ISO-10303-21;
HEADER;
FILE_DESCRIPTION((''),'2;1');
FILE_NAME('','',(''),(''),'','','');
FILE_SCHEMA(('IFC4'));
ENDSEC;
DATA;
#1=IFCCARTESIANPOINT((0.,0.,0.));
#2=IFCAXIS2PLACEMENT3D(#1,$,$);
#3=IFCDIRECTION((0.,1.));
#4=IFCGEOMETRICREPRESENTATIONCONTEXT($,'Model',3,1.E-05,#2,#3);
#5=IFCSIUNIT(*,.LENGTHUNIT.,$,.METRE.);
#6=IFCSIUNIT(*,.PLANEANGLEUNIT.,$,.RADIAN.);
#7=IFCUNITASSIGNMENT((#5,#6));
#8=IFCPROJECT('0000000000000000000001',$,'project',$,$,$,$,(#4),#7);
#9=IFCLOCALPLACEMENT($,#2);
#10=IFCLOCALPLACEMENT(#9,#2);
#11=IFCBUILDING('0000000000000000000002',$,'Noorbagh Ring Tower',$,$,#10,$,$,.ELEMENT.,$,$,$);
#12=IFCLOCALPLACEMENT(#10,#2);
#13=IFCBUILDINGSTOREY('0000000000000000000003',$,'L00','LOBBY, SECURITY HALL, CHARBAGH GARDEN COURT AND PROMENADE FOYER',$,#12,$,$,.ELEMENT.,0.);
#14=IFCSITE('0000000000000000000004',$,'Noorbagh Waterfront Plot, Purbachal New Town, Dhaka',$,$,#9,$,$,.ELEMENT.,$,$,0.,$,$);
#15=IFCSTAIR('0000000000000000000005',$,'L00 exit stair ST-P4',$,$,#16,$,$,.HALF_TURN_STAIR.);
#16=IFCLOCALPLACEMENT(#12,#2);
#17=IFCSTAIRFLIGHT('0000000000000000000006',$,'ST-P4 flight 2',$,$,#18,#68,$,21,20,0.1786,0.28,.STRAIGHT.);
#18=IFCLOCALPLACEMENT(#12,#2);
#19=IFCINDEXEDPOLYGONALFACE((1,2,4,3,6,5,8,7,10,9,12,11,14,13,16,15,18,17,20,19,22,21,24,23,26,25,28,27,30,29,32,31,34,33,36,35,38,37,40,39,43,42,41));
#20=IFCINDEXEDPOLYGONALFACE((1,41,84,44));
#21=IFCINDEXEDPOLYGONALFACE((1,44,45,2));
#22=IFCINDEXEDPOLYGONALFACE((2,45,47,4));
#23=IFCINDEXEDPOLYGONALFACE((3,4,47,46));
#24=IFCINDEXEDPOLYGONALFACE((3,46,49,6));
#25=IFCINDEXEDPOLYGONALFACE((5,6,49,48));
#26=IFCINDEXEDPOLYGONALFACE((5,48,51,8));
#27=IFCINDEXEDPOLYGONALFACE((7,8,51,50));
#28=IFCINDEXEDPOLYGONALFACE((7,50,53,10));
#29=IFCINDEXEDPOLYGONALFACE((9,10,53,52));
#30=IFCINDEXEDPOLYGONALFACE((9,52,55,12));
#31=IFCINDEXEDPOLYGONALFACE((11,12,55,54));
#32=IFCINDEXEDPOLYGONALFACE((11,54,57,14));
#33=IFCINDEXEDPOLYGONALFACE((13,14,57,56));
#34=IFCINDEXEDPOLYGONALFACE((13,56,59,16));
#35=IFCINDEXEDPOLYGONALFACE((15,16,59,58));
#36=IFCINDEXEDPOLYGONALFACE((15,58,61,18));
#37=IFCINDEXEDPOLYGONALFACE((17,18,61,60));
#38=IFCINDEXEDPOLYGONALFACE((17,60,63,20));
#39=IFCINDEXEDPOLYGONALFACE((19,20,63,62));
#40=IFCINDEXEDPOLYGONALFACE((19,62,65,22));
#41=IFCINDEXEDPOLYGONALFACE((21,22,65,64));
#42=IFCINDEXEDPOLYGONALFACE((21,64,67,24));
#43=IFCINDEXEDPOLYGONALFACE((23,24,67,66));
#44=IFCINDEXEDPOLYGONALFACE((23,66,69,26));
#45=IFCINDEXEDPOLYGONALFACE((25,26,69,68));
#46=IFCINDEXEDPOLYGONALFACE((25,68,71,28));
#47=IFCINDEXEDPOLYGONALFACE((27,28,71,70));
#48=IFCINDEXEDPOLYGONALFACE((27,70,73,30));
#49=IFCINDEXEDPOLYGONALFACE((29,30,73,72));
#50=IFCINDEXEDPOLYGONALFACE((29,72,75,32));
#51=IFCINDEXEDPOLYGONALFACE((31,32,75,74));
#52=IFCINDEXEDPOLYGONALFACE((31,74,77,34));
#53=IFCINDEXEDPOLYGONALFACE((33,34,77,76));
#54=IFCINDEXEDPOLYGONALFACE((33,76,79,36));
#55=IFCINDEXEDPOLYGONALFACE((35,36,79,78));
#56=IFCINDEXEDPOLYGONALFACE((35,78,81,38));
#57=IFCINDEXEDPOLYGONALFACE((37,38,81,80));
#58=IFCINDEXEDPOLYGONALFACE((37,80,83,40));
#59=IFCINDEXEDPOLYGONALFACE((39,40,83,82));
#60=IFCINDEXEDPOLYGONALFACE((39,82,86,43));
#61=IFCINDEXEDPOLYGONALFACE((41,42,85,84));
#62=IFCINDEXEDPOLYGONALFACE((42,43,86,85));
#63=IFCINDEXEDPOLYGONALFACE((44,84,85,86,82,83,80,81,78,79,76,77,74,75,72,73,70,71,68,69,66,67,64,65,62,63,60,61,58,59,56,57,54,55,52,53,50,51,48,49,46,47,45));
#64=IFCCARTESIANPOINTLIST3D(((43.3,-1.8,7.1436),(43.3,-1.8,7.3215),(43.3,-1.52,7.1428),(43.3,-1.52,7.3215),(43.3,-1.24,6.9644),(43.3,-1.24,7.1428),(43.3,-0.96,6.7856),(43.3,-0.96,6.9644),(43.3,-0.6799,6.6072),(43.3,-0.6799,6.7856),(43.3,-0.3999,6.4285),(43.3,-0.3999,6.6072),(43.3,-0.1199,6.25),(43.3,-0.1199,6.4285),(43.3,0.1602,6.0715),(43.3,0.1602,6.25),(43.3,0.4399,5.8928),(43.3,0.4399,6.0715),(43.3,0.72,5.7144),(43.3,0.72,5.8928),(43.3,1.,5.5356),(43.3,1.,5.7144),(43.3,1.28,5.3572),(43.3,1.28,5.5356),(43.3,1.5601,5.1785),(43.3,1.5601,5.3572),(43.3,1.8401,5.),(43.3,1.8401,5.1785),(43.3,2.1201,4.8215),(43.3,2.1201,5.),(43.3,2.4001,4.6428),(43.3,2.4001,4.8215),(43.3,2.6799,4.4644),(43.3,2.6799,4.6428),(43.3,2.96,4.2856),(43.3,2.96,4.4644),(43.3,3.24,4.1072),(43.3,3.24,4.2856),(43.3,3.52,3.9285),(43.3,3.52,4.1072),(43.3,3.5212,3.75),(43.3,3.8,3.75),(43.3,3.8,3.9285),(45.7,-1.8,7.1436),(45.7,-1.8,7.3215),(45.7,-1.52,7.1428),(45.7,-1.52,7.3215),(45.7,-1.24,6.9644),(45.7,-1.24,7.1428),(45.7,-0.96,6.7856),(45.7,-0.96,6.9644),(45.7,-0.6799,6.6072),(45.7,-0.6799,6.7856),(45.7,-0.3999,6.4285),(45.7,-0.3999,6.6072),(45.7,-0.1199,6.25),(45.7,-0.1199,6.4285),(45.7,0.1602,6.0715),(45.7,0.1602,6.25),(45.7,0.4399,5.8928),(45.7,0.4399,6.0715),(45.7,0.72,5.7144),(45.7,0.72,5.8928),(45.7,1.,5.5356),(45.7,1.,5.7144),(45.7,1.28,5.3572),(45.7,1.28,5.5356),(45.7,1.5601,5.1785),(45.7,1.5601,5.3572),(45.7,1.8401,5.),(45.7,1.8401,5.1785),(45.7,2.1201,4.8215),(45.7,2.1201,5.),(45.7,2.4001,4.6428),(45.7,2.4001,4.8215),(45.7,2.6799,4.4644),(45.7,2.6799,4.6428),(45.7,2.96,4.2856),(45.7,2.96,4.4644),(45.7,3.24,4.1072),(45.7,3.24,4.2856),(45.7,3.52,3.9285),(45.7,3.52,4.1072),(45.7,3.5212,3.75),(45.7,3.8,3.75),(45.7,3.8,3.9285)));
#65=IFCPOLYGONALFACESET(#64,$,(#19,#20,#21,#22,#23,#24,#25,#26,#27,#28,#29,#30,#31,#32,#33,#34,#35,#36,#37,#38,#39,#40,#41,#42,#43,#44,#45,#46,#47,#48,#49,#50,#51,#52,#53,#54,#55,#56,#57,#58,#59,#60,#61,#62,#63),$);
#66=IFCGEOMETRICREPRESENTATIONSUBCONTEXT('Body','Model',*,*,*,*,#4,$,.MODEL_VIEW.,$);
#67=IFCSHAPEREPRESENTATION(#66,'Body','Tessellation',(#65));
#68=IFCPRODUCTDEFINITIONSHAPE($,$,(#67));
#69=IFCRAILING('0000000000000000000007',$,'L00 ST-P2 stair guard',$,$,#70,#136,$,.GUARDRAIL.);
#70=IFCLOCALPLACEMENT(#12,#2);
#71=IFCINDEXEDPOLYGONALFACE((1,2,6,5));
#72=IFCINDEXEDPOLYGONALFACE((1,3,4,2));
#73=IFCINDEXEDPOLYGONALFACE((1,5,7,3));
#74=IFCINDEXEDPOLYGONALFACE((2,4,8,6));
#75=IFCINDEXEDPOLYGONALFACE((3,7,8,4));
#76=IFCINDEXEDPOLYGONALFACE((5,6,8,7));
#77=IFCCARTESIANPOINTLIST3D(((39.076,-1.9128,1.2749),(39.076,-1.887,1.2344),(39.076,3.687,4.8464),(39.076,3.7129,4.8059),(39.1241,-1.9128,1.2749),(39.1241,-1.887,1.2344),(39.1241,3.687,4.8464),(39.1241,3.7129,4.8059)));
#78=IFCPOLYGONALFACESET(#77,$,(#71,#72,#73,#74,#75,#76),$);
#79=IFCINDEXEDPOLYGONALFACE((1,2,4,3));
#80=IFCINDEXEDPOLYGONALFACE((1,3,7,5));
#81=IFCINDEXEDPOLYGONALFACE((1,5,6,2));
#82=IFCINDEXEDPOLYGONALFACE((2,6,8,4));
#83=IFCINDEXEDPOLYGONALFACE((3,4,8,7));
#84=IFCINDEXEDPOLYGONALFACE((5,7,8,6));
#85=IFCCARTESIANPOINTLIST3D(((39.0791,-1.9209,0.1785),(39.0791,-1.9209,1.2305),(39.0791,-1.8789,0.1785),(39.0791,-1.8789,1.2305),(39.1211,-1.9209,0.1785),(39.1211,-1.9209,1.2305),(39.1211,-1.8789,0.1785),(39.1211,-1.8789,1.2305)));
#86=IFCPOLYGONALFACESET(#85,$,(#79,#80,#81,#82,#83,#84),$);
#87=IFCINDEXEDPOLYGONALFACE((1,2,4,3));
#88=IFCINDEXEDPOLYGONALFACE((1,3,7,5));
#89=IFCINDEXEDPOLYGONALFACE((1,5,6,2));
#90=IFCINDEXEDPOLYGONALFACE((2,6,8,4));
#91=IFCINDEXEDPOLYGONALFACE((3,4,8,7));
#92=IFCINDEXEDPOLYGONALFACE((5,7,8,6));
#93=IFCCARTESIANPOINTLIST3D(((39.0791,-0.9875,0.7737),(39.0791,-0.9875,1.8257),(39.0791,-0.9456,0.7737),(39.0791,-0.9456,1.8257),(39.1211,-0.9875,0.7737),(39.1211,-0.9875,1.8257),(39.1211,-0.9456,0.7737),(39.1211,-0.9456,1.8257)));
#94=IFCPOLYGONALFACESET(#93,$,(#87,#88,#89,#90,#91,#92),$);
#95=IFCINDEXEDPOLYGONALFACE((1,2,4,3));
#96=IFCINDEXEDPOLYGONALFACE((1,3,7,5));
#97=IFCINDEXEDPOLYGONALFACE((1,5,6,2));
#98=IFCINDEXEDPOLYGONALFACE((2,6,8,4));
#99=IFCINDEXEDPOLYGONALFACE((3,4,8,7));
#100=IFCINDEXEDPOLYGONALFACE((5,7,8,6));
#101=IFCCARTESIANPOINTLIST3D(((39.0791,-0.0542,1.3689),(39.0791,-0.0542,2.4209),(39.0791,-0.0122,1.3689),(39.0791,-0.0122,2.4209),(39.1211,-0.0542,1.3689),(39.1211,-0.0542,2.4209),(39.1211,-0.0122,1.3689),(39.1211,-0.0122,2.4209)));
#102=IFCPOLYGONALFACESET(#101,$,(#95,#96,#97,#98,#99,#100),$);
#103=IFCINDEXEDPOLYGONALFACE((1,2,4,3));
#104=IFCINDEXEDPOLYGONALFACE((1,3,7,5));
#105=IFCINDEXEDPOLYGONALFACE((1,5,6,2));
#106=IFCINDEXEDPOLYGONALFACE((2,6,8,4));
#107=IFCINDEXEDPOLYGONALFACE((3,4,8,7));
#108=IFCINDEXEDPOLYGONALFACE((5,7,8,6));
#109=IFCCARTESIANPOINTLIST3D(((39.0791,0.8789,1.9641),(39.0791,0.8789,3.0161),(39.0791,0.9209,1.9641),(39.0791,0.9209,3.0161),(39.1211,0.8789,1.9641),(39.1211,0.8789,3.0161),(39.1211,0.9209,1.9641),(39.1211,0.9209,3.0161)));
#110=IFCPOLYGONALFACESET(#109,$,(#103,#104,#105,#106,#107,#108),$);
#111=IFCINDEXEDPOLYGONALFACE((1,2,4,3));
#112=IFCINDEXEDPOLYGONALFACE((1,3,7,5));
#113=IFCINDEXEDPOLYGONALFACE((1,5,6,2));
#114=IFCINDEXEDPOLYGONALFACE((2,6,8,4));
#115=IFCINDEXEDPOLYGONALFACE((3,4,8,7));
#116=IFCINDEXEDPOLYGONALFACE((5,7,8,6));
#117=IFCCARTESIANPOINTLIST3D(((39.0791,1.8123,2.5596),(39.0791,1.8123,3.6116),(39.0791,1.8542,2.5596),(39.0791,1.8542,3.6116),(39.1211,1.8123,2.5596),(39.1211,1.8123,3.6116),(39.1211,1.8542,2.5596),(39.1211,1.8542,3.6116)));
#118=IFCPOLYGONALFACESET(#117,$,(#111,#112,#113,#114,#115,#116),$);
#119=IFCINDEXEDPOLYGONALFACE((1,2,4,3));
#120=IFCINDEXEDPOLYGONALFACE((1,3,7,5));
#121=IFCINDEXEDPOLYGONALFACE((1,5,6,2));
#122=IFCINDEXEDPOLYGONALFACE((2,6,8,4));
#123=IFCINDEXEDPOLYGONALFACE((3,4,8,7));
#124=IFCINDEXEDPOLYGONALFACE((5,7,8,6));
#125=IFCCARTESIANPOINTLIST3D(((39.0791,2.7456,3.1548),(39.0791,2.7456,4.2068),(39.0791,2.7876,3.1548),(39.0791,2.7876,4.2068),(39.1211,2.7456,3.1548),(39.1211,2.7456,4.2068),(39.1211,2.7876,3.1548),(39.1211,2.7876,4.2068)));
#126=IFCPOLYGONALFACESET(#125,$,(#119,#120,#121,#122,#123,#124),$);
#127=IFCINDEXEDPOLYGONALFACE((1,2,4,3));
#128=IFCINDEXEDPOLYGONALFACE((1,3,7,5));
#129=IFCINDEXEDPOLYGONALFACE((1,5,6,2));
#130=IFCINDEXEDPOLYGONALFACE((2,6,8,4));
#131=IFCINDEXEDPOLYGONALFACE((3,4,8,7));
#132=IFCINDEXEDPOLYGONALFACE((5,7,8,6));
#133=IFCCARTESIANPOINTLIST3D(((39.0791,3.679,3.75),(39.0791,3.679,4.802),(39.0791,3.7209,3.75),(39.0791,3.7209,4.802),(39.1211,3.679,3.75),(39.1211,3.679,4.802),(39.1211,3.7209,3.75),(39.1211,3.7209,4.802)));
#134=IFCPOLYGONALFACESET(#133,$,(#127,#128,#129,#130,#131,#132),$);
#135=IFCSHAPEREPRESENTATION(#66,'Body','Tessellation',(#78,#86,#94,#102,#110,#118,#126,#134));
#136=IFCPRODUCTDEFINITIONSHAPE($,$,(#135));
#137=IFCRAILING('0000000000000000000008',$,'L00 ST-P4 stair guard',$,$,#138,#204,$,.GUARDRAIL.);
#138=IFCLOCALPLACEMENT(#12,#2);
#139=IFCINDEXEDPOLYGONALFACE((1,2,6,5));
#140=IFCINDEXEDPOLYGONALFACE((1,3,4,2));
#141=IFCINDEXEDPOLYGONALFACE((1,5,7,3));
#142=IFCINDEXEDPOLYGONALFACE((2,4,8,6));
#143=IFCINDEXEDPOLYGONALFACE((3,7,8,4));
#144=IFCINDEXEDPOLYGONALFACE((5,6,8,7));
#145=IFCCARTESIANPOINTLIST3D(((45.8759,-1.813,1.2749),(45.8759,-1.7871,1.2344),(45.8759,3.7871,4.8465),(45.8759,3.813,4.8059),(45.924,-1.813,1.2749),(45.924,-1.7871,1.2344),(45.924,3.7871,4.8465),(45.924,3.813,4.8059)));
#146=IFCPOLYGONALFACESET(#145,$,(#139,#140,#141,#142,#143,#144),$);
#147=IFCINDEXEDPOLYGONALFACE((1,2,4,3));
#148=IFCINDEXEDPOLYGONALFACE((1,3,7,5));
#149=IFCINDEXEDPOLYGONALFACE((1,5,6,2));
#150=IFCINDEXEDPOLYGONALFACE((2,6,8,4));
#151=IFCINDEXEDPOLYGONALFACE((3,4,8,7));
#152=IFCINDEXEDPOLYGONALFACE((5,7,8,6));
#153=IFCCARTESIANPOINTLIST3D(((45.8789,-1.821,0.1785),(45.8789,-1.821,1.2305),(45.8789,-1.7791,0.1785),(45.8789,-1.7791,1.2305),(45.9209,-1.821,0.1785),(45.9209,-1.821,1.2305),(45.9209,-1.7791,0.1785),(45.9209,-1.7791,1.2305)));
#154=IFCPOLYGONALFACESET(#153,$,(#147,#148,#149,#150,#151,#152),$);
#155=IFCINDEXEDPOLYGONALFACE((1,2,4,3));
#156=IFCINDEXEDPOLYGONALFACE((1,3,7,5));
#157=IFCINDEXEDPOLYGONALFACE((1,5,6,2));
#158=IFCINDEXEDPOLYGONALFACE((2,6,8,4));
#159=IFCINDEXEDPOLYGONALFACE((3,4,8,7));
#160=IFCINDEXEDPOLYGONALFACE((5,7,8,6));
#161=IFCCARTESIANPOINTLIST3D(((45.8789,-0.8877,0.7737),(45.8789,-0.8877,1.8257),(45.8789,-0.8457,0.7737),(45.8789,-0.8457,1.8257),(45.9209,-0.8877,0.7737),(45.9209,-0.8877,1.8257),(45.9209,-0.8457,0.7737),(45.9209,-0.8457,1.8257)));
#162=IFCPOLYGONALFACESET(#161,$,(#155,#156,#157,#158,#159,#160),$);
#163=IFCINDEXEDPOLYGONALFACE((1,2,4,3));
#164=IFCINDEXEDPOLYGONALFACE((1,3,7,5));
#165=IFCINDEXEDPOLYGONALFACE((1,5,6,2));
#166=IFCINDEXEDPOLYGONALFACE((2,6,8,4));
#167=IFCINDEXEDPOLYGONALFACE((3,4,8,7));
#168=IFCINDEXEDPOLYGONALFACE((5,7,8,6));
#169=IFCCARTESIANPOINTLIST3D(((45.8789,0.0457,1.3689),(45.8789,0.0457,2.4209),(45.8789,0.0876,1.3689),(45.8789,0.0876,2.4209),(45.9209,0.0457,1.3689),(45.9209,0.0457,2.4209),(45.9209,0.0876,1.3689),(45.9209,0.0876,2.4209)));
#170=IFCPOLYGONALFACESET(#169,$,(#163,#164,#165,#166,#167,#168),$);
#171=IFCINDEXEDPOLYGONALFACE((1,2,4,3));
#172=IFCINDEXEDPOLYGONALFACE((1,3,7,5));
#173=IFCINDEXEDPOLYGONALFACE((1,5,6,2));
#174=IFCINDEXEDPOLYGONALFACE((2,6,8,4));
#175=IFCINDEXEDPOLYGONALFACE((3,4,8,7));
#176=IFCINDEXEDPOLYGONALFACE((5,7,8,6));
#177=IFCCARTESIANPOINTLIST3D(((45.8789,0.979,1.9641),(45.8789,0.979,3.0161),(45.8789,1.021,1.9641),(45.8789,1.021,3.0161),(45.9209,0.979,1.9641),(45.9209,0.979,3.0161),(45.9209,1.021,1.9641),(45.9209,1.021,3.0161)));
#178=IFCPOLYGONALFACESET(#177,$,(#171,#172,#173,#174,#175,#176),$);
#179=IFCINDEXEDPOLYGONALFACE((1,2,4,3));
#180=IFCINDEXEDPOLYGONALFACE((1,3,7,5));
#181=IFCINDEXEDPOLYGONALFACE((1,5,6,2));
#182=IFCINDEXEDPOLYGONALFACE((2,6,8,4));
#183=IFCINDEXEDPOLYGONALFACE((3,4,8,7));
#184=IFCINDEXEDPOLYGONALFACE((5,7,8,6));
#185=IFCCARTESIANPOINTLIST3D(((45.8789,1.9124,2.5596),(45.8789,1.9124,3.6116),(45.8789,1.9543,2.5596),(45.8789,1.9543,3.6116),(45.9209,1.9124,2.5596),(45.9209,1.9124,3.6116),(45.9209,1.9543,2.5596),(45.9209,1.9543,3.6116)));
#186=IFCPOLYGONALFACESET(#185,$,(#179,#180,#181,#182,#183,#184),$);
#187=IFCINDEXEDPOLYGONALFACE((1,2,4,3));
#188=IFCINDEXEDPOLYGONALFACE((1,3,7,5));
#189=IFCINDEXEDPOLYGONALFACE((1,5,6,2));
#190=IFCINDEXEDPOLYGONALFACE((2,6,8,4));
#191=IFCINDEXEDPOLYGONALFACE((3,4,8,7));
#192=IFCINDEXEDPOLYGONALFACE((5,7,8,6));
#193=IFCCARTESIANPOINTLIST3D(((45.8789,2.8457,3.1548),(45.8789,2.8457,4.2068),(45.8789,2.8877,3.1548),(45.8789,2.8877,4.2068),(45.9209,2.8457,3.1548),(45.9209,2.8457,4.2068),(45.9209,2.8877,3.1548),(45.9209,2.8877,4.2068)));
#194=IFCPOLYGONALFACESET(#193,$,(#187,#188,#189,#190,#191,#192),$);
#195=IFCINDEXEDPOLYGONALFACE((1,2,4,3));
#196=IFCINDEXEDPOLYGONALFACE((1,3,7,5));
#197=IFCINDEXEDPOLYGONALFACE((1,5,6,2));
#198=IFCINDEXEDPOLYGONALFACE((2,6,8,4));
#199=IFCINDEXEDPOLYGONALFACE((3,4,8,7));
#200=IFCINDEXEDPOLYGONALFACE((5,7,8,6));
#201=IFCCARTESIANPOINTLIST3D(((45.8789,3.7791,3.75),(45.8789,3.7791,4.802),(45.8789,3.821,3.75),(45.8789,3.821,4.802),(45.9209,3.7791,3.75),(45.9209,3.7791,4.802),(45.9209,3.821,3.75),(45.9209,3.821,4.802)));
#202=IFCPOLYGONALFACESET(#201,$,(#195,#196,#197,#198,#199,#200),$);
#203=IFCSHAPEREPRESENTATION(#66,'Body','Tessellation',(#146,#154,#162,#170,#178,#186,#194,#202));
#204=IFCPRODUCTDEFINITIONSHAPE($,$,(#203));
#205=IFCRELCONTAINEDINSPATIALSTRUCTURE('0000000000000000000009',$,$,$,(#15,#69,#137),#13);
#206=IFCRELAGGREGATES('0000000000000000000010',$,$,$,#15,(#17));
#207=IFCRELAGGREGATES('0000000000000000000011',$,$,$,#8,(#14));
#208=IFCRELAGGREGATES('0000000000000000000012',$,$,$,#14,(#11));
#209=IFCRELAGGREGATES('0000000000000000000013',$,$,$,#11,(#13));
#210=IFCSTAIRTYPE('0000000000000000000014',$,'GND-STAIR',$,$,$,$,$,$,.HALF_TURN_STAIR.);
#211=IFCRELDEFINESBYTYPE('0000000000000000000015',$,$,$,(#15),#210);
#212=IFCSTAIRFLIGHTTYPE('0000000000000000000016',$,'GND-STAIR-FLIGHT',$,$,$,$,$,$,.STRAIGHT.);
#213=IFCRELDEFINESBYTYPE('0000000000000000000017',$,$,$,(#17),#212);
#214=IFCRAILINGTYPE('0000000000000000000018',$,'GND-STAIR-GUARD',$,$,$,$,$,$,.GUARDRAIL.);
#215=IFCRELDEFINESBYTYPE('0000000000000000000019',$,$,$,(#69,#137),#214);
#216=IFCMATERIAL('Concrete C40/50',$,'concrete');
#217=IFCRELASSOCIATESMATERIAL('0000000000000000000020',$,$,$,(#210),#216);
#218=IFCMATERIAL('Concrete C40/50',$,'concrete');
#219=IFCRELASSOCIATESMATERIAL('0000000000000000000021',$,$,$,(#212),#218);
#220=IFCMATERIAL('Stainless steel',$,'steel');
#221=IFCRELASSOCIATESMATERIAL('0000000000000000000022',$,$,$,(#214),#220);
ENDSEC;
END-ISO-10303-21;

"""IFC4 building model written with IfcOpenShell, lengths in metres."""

from ifc_helpers import new_model, si_unit, direction, frame, origin, origin_2d, place, context, subcontext, project, spatial, polyline, rectangle, outline, extrude, material, type_object, element, aggregate, save


model = new_model("IFC4")

# Units and contexts
model_context = context("Model", 3, precision=1e-05, world=origin(), true_north=direction((0.0, 1.0)))
body_context = subcontext(model_context, "Body", "Model", "MODEL_VIEW")
ifc_project = project(units=[si_unit("LENGTHUNIT", "METRE"), si_unit("PLANEANGLEUNIT", "RADIAN")], contexts=[model_context])

# Site, building, storey
site_placement = place(None, origin())
site = spatial("IfcSite", under=ifc_project, at=site_placement, Name="Noorbagh Waterfront Plot, Purbachal New Town, Dhaka", CompositionType="ELEMENT", RefElevation=0.0)
building_placement = place(site_placement, origin())
building = spatial("IfcBuilding", under=site, at=building_placement, Name="Noorbagh Ring Tower", CompositionType="ELEMENT")
storey_placement = place(building_placement, origin())
storey = spatial("IfcBuildingStorey", under=building, at=storey_placement, Name="L00", Description="LOBBY, SECURITY HALL, CHARBAGH GARDEN COURT AND PROMENADE FOYER", CompositionType="ELEMENT", Elevation=0.0)

# Shared definitions
ifc_material_1 = material(Name="Concrete C40/50", Category="concrete")
stair_type = type_object("IfcStairType", Name="GND-STAIR", PredefinedType="HALF_TURN_STAIR", material=ifc_material_1)
ifc_material_2 = material(Name="Concrete C40/50", Category="concrete")
stair_flight_type = type_object("IfcStairFlightType", Name="GND-STAIR-FLIGHT", PredefinedType="STRAIGHT", material=ifc_material_2)

# Stair, stair flight
stair_1_placement = place(storey_placement, origin())
stair_1 = element("IfcStair", 1, at=stair_1_placement, inside=storey, type_object=stair_type, Name="L00 exit stair ST-P4", PredefinedType="HALF_TURN_STAIR")
stair_flight_1_placement = place(storey_placement, frame((44.5, 3.8, 3.75), z_axis=(0.0, 0.0, 1.0), x_axis=(0.0, -1.0, 0.0)))
stair_flight_1 = element("IfcStairFlight", 2, at=stair_flight_1_placement, type_object=stair_flight_type, Name="ST-P4 flight 2", NumberOfRisers=21, NumberOfTreads=20, PredefinedType="STRAIGHT", RiserHeight=0.1786, TreadLength=0.28, context=body_context, shape_type="SweptSolid", body=[
    extrude(outline(polyline([(0.0, 0.0), (0.0, 0.1785), (0.28, 0.1785), (0.28, 0.3572), (0.5601, 0.3572), (0.5601, 0.5356), (0.8401, 0.5356), (0.8401, 0.7144), (1.1201, 0.7144), (1.1201, 0.8928), (1.3999, 0.8928), (1.3999, 1.0715), (1.6799, 1.0715), (1.6799, 1.25), (1.96, 1.25), (1.96, 1.4285), (2.24, 1.4285), (2.24, 1.6072), (2.52, 1.6072), (2.52, 1.7856), (2.8, 1.7856), (2.8, 1.9644), (3.0801, 1.9644), (3.0801, 2.1428), (3.3601, 2.1428), (3.3601, 2.3215), (3.6399, 2.3215), (3.6399, 2.5), (3.9199, 2.5), (3.9199, 2.6785), (4.2, 2.6785), (4.2, 2.8572), (4.48, 2.8572), (4.48, 3.0356), (4.76, 3.0356), (4.76, 3.2144), (5.04, 3.2144), (5.04, 3.3928), (5.3201, 3.3928), (5.3201, 3.5715), (5.6001, 3.5715), (5.6001, 3.75), (5.6001, 3.3936), (0.2788, 0.0), (0.0, 0.0)])), frame((0.0, 1.2, 0.0), z_axis=(0.0, -1.0, 0.0), x_axis=(1.0, 0.0, 0.0)), (0.0, 0.0, 1.0), 2.3999),
])
aggregate(stair_1, [stair_flight_1])

# Railings
ifc_material_3 = material(Name="Stainless steel", Category="steel")
railing_type_1 = type_object("IfcRailingType", Name="GND-STAIR-GUARD", PredefinedType="GUARDRAIL", material=ifc_material_3)
railing_1_placement = place(storey_placement, frame((39.1001, -1.8999, 0.1785)))
element("IfcRailing", 3, at=railing_1_placement, inside=storey, type_object=railing_type_1, Name="L00 ST-P2 stair guard", PredefinedType="GUARDRAIL", context=body_context, shape_type="SweptSolid", body=[
    extrude(rectangle(XDim=0.0481, YDim=0.0481, at=origin_2d()), frame((0.0, 0.0, 1.0762), z_axis=(0.0, 0.843116, 0.537731), x_axis=(-1.0, 0.0, 0.0)), (0.0, 0.0, 1.0), 6.6418),
    extrude(rectangle(XDim=0.042, YDim=0.042, at=origin_2d()), origin(), (0.0, 0.0, 1.0), 1.052),
    extrude(rectangle(XDim=0.042, YDim=0.042, at=origin_2d()), frame((0.0, 0.9333, 0.5952)), (0.0, 0.0, 1.0), 1.052),
    extrude(rectangle(XDim=0.042, YDim=0.042, at=origin_2d()), frame((0.0, 1.8667, 1.1904)), (0.0, 0.0, 1.0), 1.052),
    extrude(rectangle(XDim=0.042, YDim=0.042, at=origin_2d()), frame((0.0, 2.7998, 1.7856)), (0.0, 0.0, 1.0), 1.052),
    extrude(rectangle(XDim=0.042, YDim=0.042, at=origin_2d()), frame((0.0, 3.7332, 2.3811)), (0.0, 0.0, 1.0), 1.052),
    extrude(rectangle(XDim=0.042, YDim=0.042, at=origin_2d()), frame((0.0, 4.6665, 2.9763)), (0.0, 0.0, 1.0), 1.052),
    extrude(rectangle(XDim=0.042, YDim=0.042, at=origin_2d()), frame((0.0, 5.5999, 3.5715)), (0.0, 0.0, 1.0), 1.052),
])
railing_2_placement = place(storey_placement, frame((45.8999, -1.8, 0.1785)))
element("IfcRailing", 4, at=railing_2_placement, inside=storey, type_object=railing_type_1, Name="L00 ST-P4 stair guard", PredefinedType="GUARDRAIL", context=body_context, shape_type="SweptSolid", body=[
    extrude(rectangle(XDim=0.0481, YDim=0.0481, at=origin_2d()), frame((0.0, 0.0, 1.0762), z_axis=(0.0, 0.843127, 0.537715), x_axis=(-1.0, 0.0, 0.0)), (0.0, 0.0, 1.0), 6.6421),
    extrude(rectangle(XDim=0.042, YDim=0.042, at=origin_2d()), origin(), (0.0, 0.0, 1.0), 1.052),
    extrude(rectangle(XDim=0.042, YDim=0.042, at=origin_2d()), frame((0.0, 0.9333, 0.5952)), (0.0, 0.0, 1.0), 1.052),
    extrude(rectangle(XDim=0.042, YDim=0.042, at=origin_2d()), frame((0.0, 1.8667, 1.1904)), (0.0, 0.0, 1.0), 1.052),
    extrude(rectangle(XDim=0.042, YDim=0.042, at=origin_2d()), frame((0.0, 2.8, 1.7856)), (0.0, 0.0, 1.0), 1.052),
    extrude(rectangle(XDim=0.042, YDim=0.042, at=origin_2d()), frame((0.0, 3.7334, 2.3811)), (0.0, 0.0, 1.0), 1.052),
    extrude(rectangle(XDim=0.042, YDim=0.042, at=origin_2d()), frame((0.0, 4.6667, 2.9763)), (0.0, 0.0, 1.0), 1.052),
    extrude(rectangle(XDim=0.042, YDim=0.042, at=origin_2d()), frame((0.0, 5.6001, 3.5715)), (0.0, 0.0, 1.0), 1.052),
])

save(model, "model.ifc")
